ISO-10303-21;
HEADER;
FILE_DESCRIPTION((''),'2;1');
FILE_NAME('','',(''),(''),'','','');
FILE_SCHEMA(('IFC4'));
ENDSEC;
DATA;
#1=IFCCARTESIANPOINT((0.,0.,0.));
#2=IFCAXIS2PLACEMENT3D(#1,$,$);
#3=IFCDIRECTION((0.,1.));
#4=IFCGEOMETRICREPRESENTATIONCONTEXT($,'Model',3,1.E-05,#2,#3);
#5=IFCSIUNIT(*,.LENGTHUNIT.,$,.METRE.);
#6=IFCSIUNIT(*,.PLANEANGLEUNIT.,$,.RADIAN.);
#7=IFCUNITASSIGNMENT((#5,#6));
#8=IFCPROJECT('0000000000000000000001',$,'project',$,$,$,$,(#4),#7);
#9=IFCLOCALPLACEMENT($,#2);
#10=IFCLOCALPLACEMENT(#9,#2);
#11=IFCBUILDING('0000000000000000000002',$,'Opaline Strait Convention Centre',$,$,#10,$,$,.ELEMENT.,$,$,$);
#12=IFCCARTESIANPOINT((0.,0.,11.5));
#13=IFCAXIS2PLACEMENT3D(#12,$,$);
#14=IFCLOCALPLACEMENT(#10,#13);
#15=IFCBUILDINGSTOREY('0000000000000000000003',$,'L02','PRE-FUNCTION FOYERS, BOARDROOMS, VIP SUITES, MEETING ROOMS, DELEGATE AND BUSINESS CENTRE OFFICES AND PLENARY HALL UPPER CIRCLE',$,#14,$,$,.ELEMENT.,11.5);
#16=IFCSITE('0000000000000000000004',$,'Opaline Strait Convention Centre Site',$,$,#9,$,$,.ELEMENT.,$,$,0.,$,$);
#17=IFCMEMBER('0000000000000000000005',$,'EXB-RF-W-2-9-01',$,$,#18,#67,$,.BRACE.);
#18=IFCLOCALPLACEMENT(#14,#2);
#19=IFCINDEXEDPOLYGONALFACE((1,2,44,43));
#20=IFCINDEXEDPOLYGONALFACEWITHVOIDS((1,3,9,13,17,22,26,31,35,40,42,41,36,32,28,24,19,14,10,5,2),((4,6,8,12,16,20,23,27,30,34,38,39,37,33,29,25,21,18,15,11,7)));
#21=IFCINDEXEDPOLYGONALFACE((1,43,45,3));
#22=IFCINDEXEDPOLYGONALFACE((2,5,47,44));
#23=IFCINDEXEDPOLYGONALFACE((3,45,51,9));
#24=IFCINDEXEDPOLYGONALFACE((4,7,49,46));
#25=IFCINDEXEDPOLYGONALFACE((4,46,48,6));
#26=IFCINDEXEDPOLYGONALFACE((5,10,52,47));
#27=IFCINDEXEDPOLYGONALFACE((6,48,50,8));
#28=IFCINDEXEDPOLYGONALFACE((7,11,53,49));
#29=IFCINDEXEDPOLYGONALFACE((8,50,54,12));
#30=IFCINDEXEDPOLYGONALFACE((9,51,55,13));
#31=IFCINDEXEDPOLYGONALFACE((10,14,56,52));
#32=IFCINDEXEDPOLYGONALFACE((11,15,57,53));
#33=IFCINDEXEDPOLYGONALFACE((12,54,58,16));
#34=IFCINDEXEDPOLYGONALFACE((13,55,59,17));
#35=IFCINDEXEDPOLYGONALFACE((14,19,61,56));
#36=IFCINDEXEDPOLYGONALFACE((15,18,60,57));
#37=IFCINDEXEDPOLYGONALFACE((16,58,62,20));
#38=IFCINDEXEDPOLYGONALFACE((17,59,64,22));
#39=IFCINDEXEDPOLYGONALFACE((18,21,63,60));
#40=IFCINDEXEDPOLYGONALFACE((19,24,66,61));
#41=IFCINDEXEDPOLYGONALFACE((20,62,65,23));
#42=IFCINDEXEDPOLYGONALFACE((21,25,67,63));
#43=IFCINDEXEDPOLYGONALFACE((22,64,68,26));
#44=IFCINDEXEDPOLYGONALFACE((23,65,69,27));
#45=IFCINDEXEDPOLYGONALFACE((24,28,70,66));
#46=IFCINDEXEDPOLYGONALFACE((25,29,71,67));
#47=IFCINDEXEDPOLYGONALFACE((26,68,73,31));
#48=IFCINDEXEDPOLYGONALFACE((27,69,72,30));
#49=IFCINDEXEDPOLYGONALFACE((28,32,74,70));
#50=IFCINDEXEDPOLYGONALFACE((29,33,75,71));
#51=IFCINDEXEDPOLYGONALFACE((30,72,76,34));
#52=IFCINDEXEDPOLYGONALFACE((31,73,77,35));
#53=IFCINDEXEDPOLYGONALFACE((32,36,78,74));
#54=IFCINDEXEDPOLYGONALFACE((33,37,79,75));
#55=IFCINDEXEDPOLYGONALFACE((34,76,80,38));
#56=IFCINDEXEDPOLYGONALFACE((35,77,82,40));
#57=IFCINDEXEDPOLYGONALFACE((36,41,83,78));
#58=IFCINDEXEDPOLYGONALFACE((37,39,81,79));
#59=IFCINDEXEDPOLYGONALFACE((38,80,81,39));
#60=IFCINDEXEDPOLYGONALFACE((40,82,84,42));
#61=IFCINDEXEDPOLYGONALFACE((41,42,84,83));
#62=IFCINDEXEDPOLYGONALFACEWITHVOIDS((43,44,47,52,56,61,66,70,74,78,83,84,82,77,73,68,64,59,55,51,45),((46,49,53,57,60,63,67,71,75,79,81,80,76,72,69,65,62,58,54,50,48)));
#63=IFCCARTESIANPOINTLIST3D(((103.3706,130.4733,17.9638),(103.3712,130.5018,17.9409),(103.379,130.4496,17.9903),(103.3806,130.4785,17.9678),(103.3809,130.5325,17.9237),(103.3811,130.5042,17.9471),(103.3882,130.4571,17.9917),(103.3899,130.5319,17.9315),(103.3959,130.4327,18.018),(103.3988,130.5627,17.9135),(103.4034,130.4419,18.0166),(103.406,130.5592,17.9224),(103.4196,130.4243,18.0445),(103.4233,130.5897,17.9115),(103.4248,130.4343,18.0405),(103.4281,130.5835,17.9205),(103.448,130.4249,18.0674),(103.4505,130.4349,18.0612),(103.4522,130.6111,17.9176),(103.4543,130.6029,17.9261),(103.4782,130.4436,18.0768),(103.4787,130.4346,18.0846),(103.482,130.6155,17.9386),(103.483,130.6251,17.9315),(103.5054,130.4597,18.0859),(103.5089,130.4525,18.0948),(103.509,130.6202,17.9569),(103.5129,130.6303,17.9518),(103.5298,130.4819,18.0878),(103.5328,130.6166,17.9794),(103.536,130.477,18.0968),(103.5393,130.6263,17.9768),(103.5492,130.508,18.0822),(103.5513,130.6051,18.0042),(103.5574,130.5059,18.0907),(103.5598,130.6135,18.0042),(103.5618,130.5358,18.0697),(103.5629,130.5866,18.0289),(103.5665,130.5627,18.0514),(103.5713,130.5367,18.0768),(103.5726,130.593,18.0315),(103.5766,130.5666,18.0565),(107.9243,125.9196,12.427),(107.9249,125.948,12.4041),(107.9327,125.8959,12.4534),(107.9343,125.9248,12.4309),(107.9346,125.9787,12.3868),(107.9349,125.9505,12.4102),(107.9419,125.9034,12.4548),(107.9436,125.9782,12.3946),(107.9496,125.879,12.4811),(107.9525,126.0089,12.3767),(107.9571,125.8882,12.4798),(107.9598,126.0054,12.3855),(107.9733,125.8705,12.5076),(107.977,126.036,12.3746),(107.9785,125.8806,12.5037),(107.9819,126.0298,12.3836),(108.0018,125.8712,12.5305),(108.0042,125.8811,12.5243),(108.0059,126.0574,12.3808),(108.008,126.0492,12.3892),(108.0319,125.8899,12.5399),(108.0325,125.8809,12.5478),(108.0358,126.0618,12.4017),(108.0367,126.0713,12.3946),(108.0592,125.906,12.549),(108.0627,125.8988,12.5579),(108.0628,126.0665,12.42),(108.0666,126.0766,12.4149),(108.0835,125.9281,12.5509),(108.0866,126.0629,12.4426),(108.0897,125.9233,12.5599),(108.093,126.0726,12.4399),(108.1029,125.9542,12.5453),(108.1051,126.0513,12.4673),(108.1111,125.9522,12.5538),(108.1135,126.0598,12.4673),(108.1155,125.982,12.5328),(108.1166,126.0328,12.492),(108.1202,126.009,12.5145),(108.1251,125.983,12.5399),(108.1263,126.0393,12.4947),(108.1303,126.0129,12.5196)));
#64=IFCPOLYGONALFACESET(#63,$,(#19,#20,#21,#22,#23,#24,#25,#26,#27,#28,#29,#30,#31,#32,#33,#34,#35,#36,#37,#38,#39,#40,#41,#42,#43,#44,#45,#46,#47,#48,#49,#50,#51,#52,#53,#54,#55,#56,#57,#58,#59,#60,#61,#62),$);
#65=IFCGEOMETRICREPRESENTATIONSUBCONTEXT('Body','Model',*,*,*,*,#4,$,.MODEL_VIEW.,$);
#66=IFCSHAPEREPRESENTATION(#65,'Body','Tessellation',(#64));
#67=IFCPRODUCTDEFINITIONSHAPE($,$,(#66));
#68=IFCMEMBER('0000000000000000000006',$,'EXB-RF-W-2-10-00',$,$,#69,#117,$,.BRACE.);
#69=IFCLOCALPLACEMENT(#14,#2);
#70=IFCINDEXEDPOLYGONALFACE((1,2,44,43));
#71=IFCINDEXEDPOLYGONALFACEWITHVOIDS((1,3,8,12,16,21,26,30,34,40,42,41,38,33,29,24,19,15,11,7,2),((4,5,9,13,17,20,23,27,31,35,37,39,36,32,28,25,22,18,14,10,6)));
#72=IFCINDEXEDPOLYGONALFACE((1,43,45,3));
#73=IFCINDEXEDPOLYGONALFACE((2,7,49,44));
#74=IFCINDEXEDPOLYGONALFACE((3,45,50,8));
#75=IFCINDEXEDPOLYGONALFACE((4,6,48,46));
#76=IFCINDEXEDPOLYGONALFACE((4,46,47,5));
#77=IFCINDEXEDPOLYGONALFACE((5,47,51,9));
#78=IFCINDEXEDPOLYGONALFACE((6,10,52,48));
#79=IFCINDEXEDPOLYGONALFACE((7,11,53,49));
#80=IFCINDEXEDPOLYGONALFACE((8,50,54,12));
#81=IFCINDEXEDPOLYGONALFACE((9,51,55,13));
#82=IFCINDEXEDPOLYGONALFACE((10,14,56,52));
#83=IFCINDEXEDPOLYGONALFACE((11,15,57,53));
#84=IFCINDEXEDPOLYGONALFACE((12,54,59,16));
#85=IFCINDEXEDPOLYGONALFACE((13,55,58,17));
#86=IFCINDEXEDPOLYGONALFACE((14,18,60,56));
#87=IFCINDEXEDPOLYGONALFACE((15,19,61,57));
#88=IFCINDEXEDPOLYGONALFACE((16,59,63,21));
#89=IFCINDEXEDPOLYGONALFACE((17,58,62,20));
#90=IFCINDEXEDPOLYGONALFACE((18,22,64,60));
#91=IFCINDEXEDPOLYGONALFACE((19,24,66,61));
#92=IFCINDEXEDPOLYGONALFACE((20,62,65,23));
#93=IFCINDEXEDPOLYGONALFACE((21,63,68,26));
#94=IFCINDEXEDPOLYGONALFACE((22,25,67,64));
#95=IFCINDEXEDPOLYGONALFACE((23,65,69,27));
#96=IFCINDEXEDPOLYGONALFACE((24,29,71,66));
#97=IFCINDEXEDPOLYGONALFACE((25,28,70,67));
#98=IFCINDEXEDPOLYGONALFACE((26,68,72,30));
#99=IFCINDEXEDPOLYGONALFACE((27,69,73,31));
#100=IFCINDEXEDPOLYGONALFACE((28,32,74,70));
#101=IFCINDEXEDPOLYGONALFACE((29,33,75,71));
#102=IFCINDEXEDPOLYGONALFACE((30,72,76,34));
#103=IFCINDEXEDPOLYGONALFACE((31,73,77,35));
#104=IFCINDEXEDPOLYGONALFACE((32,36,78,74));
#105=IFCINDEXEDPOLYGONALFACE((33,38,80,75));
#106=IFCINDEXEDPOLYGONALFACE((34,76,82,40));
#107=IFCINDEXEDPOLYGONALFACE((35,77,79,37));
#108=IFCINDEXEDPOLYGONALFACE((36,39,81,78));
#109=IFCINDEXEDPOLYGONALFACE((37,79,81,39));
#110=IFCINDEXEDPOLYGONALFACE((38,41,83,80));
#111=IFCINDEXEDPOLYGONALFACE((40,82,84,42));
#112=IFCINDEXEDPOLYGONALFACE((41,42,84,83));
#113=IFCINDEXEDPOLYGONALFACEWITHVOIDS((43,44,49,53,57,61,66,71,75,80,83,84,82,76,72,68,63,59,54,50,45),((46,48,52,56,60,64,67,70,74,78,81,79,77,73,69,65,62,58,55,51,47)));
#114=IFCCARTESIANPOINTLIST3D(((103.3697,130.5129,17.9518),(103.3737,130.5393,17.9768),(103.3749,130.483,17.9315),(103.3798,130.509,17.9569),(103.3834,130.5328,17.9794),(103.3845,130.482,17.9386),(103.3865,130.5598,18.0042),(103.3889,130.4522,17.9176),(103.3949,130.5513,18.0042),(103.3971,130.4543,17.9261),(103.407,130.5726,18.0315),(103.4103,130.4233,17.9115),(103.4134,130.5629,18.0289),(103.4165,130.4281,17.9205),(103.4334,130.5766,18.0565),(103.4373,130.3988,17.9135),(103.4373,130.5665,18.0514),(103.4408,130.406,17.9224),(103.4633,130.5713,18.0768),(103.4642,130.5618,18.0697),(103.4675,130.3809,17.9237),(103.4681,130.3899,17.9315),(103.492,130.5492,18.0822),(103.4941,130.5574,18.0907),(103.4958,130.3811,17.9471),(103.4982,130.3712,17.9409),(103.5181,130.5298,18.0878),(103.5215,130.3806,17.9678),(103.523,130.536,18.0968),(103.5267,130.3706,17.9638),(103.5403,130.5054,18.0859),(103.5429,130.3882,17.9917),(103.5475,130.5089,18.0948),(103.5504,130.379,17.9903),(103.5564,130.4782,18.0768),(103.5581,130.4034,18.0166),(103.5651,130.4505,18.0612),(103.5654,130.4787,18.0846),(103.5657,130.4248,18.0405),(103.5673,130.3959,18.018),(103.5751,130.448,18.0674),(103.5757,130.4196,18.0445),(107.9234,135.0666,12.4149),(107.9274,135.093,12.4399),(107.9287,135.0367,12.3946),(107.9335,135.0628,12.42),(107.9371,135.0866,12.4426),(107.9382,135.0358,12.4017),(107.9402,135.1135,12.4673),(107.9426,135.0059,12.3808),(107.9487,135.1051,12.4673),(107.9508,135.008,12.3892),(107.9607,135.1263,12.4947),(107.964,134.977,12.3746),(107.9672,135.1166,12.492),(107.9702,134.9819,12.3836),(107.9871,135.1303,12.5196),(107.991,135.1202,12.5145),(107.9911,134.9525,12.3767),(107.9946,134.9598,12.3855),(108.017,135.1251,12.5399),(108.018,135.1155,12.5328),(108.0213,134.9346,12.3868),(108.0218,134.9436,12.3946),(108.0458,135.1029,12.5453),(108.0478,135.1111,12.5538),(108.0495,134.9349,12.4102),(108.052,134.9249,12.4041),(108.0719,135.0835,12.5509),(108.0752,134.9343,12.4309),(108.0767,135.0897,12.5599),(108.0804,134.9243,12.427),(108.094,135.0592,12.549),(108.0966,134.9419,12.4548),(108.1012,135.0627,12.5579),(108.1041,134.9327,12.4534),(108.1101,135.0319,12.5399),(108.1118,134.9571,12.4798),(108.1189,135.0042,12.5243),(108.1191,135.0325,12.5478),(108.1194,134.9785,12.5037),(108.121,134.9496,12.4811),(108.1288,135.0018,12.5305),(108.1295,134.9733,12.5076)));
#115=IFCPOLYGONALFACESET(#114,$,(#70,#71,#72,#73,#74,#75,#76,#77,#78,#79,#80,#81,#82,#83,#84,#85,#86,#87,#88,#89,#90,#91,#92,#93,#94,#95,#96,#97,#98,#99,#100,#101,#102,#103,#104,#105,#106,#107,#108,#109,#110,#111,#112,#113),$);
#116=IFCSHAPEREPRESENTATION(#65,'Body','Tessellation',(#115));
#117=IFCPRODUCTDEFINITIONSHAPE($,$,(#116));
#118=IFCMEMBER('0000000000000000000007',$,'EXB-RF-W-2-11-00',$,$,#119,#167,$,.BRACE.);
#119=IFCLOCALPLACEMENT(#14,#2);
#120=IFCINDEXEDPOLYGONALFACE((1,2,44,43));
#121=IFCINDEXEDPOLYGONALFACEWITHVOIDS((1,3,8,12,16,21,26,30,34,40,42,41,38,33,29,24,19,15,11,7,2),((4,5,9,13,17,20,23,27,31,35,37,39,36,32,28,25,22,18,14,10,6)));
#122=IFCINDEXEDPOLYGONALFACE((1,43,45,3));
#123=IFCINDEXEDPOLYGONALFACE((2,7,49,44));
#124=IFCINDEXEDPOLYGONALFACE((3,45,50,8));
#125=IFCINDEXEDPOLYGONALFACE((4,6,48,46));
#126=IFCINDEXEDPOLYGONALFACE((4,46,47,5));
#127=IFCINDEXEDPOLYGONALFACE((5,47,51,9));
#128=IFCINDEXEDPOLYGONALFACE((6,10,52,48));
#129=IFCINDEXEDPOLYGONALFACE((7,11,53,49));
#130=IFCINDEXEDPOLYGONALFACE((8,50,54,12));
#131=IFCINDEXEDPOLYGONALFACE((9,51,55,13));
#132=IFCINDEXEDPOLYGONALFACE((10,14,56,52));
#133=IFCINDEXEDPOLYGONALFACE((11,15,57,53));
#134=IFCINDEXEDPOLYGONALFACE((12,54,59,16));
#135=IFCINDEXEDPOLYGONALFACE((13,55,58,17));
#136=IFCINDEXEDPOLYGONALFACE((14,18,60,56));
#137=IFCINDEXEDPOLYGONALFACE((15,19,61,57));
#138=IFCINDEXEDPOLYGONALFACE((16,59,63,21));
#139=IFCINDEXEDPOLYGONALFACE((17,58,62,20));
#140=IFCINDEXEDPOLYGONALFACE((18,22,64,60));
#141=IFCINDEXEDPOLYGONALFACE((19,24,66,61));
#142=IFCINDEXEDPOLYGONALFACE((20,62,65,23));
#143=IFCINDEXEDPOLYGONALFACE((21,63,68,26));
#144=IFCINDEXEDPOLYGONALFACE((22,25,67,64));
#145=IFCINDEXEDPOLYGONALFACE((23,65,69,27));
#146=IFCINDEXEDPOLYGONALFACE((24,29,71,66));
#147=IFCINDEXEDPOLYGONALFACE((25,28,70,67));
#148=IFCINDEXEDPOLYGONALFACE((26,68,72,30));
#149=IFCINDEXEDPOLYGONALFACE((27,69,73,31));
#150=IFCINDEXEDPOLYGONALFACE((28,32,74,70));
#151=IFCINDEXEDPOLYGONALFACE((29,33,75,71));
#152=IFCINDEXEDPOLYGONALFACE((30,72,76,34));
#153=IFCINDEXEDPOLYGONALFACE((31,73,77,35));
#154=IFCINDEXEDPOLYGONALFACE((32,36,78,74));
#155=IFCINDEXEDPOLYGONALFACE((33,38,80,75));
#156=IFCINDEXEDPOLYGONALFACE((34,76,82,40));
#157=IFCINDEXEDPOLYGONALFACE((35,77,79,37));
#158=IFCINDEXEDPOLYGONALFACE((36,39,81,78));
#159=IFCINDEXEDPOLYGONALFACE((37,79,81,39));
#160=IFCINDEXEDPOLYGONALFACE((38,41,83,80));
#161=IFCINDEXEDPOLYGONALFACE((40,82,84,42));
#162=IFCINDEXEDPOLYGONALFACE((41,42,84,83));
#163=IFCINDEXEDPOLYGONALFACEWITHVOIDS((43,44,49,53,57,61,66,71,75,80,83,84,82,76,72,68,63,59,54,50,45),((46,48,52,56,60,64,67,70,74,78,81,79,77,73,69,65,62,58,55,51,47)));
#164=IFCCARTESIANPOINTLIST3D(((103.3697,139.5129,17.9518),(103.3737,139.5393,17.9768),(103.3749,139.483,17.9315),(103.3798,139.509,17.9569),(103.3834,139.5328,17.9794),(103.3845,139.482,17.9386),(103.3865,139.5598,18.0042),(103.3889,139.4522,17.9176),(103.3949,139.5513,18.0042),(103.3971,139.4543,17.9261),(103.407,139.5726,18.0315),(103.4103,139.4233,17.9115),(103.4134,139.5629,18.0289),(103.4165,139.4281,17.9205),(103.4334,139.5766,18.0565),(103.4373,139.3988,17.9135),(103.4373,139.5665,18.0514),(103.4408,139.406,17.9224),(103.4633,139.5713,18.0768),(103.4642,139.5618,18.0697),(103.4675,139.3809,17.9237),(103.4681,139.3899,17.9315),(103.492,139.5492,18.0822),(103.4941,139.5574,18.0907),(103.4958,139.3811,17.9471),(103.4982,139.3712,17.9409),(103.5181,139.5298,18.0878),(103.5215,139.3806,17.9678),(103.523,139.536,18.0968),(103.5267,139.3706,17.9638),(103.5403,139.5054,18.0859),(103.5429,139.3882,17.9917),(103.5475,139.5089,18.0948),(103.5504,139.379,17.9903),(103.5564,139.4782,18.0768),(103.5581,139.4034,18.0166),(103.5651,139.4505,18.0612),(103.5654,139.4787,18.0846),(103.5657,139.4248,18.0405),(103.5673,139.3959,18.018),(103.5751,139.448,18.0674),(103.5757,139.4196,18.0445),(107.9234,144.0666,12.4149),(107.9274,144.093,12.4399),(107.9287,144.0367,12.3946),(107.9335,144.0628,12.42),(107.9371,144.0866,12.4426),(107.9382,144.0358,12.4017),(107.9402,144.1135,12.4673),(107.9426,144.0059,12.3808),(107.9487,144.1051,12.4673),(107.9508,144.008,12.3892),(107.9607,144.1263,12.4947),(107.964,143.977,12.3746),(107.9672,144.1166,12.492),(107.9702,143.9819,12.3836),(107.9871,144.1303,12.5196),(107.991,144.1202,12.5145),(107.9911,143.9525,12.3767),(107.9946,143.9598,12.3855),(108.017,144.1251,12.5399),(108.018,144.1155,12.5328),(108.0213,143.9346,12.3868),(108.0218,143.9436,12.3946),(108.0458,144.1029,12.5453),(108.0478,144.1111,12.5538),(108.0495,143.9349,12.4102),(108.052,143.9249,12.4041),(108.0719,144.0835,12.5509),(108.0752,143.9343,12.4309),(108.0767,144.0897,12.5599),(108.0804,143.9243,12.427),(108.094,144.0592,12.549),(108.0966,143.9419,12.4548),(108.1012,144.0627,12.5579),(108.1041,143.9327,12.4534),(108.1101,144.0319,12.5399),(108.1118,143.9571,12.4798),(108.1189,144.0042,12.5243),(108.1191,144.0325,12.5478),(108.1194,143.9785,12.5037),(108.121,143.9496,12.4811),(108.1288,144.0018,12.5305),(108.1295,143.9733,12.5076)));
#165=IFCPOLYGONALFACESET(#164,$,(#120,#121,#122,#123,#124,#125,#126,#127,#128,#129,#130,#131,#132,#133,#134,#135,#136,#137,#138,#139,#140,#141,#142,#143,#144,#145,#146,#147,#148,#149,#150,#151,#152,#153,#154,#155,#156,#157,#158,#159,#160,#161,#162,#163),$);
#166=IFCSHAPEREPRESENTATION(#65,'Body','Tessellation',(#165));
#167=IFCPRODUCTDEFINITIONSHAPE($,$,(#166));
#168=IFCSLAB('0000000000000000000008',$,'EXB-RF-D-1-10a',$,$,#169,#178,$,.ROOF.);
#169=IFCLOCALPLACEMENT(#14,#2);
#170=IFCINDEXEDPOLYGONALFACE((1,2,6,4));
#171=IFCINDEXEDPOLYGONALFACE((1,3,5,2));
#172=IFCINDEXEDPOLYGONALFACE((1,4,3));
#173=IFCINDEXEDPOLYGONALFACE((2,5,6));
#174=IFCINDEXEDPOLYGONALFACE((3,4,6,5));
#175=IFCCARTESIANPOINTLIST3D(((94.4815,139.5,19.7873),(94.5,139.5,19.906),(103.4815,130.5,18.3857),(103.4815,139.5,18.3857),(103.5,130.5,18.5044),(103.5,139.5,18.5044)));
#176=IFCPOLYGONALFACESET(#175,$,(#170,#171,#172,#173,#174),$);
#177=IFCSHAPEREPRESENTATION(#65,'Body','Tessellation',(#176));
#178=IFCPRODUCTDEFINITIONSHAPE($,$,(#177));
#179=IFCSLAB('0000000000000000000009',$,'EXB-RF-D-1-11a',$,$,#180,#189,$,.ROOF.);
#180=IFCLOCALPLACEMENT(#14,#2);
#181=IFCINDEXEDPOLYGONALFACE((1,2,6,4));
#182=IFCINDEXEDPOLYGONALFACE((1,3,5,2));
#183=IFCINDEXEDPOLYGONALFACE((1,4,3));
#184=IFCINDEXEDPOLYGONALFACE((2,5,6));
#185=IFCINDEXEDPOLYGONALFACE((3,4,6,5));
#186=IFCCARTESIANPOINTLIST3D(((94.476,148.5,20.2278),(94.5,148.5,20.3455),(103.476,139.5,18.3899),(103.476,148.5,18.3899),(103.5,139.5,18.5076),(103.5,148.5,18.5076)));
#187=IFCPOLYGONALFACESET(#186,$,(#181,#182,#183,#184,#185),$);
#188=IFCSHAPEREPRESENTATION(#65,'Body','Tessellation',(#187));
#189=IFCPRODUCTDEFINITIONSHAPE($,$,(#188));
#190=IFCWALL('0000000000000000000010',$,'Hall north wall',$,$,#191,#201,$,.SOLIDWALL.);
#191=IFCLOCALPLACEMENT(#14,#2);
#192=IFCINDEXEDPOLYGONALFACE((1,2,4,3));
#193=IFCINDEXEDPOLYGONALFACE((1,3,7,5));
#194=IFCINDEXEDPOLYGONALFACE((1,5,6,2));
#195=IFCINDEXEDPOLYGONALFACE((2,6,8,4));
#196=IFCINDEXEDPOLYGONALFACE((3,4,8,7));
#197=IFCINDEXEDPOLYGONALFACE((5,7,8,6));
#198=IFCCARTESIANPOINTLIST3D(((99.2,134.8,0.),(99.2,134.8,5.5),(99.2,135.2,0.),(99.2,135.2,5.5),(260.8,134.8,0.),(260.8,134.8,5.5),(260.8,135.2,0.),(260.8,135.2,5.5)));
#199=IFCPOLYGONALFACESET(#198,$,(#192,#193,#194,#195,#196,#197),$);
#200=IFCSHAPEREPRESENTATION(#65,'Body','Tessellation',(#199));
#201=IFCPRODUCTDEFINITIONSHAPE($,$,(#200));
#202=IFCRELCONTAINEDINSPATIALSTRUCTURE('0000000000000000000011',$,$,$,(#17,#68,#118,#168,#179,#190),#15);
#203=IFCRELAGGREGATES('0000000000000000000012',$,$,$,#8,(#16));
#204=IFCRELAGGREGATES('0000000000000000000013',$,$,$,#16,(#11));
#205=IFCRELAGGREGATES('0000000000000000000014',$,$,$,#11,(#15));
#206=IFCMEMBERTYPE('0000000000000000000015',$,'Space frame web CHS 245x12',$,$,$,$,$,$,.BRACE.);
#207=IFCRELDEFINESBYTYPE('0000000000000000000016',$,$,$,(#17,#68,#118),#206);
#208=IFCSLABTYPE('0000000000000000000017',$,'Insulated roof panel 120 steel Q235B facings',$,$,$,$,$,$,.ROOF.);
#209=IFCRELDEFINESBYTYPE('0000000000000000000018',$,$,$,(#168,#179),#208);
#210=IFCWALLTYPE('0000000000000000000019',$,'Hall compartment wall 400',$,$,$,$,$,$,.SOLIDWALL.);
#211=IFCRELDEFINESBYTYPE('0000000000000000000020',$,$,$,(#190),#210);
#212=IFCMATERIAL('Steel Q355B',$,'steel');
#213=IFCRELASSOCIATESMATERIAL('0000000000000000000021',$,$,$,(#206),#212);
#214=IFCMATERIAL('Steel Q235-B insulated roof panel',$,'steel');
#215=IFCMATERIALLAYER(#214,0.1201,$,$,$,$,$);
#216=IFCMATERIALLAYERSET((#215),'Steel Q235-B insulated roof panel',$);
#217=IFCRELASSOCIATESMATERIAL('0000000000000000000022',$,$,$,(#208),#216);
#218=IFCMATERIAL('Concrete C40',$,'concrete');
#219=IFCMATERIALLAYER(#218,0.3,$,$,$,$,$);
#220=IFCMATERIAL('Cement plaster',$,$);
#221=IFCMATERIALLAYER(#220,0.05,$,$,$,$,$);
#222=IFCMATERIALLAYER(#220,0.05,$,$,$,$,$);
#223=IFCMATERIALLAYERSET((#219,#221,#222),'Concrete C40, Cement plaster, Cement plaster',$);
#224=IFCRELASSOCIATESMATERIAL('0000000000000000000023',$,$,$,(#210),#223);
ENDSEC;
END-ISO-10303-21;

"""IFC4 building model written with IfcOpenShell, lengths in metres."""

from ifc_helpers import new_model, si_unit, direction, frame, frame_2d, origin, origin_2d, place, context, subcontext, project, spatial, polyline, rectangle, hollow_circle, outline, extrude, material, layer, layer_set, material_profile, profile_set, type_object, element, save


model = new_model("IFC4")

# Units and contexts
model_context = context("Model", 3, precision=1e-05, world=origin(), true_north=direction((0.0, 1.0)))
body_context = subcontext(model_context, "Body", "Model", "MODEL_VIEW")
ifc_project = project(units=[si_unit("LENGTHUNIT", "METRE"), si_unit("PLANEANGLEUNIT", "RADIAN")], contexts=[model_context])

# Site, building, storey
site_placement = place(None, origin())
site = spatial("IfcSite", under=ifc_project, at=site_placement, Name="Opaline Strait Convention Centre Site", CompositionType="ELEMENT", RefElevation=0.0)
building_placement = place(site_placement, origin())
building = spatial("IfcBuilding", under=site, at=building_placement, Name="Opaline Strait Convention Centre", CompositionType="ELEMENT")
storey_placement = place(building_placement, frame((0.0, 0.0, 11.5)))
storey = spatial("IfcBuildingStorey", under=building, at=storey_placement, Name="L02", Description="PRE-FUNCTION FOYERS, BOARDROOMS, VIP SUITES, MEETING ROOMS, DELEGATE AND BUSINESS CENTRE OFFICES AND PLENARY HALL UPPER CIRCLE", CompositionType="ELEMENT", Elevation=11.5)

# Members
ifc_material_1 = material(Name="Steel Q355B", Category="steel")
ifc_material_profile_1 = material_profile(ifc_material_1, hollow_circle(Radius=0.1226, WallThickness=0.012, at=origin_2d()), Name="CHS 245x12")
ifc_profile_set_1 = profile_set([ifc_material_profile_1], Name="Steel Q355B")
member_type_1 = type_object("IfcMemberType", Name="Space frame web CHS 245x12", PredefinedType="BRACE", material=ifc_profile_set_1)
for number, where, z_axis, x_axis, name in (
    (1, (103.4731, 130.5269, 18.0042), (0.536178, -0.536178, -0.65194), (0.707107, 0.707107, 0.0), "EXB-RF-W-2-9-01"),
    (2, (103.4731, 130.4731, 18.0042), (0.536178, 0.536178, -0.65194), (-0.707107, 0.707107, 0.0), "EXB-RF-W-2-10-00"),
    (3, (103.4731, 139.4731, 18.0042), (0.536178, 0.536178, -0.65194), (-0.707107, 0.707107, 0.0), "EXB-RF-W-2-11-00"),
):
    element("IfcMember", number, at=place(storey_placement, frame(where, z_axis=z_axis, x_axis=x_axis)), inside=storey, type_object=member_type_1, Name=name, PredefinedType="BRACE", context=body_context, shape_type="SweptSolid", body=[
        extrude(hollow_circle(Radius=0.1226, WallThickness=0.012, at=origin_2d()), origin(), (0.0, 0.0, 1.0), 8.4929),
    ])

# Slabs
ifc_material_2 = material(Name="Steel Q235-B insulated roof panel", Category="steel")
ifc_layer_1 = layer(ifc_material_2, 0.1201)
ifc_layer_set_1 = layer_set([ifc_layer_1], Name="Steel Q235-B insulated roof panel")
slab_type = type_object("IfcSlabType", Name="Insulated roof panel 120 steel Q235B facings", PredefinedType="ROOF", material=ifc_layer_set_1)
slab_1_placement = place(storey_placement, frame((103.5, 130.5, 18.5044), z_axis=(0.15388, 0.0, 0.98809), x_axis=(0.0, 1.0, 0.0)))
element("IfcSlab", 4, at=slab_1_placement, inside=storey, type_object=slab_type, Name="EXB-RF-D-1-10a", PredefinedType="ROOF", context=body_context, shape_type="SweptSolid", body=[
    extrude(outline(polyline([(0.0, 0.0), (9.0, 0.0), (9.0, 9.1085), (0.0, 0.0)])), origin(), (0.0, 0.0, -1.0), 0.1201),
])
slab_2_placement = place(storey_placement, frame((103.5, 139.5, 18.5076), z_axis=(0.200081, 0.0, 0.979779), x_axis=(0.0, 1.0, 0.0)))
element("IfcSlab", 5, at=slab_2_placement, inside=storey, type_object=slab_type, Name="EXB-RF-D-1-11a", PredefinedType="ROOF", context=body_context, shape_type="SweptSolid", body=[
    extrude(outline(polyline([(0.0, 0.0), (9.0, 0.0), (9.0, 9.1857), (0.0, 0.0)])), origin(), (0.0, 0.0, -1.0), 0.1201),
])

# Wall
ifc_material_3 = material(Name="Concrete C40", Category="concrete")
ifc_layer_2 = layer(ifc_material_3, 0.3)
ifc_material_4 = material(Name="Cement plaster")
ifc_layer_3 = layer(ifc_material_4, 0.05)
ifc_layer_4 = layer(ifc_material_4, 0.05)
ifc_layer_set_2 = layer_set([ifc_layer_2, ifc_layer_3, ifc_layer_4], Name="Concrete C40, Cement plaster, Cement plaster")
wall_type_1 = type_object("IfcWallType", Name="Hall compartment wall 400", PredefinedType="SOLIDWALL", material=ifc_layer_set_2)
wall_1_placement = place(storey_placement, frame((99.2, 135.0, 0.0), z_axis=(0.0, 0.0, 1.0), x_axis=(1.0, 0.0, 0.0)))
element("IfcWall", 6, at=wall_1_placement, inside=storey, type_object=wall_type_1, Name="Hall north wall", PredefinedType="SOLIDWALL", context=body_context, shape_type="SweptSolid", body=[
    extrude(rectangle(XDim=161.6001, YDim=0.3999, at=frame_2d((80.8, 0.0))), origin(), (0.0, 0.0, 1.0), 5.5),
])

save(model, "model.ifc")
